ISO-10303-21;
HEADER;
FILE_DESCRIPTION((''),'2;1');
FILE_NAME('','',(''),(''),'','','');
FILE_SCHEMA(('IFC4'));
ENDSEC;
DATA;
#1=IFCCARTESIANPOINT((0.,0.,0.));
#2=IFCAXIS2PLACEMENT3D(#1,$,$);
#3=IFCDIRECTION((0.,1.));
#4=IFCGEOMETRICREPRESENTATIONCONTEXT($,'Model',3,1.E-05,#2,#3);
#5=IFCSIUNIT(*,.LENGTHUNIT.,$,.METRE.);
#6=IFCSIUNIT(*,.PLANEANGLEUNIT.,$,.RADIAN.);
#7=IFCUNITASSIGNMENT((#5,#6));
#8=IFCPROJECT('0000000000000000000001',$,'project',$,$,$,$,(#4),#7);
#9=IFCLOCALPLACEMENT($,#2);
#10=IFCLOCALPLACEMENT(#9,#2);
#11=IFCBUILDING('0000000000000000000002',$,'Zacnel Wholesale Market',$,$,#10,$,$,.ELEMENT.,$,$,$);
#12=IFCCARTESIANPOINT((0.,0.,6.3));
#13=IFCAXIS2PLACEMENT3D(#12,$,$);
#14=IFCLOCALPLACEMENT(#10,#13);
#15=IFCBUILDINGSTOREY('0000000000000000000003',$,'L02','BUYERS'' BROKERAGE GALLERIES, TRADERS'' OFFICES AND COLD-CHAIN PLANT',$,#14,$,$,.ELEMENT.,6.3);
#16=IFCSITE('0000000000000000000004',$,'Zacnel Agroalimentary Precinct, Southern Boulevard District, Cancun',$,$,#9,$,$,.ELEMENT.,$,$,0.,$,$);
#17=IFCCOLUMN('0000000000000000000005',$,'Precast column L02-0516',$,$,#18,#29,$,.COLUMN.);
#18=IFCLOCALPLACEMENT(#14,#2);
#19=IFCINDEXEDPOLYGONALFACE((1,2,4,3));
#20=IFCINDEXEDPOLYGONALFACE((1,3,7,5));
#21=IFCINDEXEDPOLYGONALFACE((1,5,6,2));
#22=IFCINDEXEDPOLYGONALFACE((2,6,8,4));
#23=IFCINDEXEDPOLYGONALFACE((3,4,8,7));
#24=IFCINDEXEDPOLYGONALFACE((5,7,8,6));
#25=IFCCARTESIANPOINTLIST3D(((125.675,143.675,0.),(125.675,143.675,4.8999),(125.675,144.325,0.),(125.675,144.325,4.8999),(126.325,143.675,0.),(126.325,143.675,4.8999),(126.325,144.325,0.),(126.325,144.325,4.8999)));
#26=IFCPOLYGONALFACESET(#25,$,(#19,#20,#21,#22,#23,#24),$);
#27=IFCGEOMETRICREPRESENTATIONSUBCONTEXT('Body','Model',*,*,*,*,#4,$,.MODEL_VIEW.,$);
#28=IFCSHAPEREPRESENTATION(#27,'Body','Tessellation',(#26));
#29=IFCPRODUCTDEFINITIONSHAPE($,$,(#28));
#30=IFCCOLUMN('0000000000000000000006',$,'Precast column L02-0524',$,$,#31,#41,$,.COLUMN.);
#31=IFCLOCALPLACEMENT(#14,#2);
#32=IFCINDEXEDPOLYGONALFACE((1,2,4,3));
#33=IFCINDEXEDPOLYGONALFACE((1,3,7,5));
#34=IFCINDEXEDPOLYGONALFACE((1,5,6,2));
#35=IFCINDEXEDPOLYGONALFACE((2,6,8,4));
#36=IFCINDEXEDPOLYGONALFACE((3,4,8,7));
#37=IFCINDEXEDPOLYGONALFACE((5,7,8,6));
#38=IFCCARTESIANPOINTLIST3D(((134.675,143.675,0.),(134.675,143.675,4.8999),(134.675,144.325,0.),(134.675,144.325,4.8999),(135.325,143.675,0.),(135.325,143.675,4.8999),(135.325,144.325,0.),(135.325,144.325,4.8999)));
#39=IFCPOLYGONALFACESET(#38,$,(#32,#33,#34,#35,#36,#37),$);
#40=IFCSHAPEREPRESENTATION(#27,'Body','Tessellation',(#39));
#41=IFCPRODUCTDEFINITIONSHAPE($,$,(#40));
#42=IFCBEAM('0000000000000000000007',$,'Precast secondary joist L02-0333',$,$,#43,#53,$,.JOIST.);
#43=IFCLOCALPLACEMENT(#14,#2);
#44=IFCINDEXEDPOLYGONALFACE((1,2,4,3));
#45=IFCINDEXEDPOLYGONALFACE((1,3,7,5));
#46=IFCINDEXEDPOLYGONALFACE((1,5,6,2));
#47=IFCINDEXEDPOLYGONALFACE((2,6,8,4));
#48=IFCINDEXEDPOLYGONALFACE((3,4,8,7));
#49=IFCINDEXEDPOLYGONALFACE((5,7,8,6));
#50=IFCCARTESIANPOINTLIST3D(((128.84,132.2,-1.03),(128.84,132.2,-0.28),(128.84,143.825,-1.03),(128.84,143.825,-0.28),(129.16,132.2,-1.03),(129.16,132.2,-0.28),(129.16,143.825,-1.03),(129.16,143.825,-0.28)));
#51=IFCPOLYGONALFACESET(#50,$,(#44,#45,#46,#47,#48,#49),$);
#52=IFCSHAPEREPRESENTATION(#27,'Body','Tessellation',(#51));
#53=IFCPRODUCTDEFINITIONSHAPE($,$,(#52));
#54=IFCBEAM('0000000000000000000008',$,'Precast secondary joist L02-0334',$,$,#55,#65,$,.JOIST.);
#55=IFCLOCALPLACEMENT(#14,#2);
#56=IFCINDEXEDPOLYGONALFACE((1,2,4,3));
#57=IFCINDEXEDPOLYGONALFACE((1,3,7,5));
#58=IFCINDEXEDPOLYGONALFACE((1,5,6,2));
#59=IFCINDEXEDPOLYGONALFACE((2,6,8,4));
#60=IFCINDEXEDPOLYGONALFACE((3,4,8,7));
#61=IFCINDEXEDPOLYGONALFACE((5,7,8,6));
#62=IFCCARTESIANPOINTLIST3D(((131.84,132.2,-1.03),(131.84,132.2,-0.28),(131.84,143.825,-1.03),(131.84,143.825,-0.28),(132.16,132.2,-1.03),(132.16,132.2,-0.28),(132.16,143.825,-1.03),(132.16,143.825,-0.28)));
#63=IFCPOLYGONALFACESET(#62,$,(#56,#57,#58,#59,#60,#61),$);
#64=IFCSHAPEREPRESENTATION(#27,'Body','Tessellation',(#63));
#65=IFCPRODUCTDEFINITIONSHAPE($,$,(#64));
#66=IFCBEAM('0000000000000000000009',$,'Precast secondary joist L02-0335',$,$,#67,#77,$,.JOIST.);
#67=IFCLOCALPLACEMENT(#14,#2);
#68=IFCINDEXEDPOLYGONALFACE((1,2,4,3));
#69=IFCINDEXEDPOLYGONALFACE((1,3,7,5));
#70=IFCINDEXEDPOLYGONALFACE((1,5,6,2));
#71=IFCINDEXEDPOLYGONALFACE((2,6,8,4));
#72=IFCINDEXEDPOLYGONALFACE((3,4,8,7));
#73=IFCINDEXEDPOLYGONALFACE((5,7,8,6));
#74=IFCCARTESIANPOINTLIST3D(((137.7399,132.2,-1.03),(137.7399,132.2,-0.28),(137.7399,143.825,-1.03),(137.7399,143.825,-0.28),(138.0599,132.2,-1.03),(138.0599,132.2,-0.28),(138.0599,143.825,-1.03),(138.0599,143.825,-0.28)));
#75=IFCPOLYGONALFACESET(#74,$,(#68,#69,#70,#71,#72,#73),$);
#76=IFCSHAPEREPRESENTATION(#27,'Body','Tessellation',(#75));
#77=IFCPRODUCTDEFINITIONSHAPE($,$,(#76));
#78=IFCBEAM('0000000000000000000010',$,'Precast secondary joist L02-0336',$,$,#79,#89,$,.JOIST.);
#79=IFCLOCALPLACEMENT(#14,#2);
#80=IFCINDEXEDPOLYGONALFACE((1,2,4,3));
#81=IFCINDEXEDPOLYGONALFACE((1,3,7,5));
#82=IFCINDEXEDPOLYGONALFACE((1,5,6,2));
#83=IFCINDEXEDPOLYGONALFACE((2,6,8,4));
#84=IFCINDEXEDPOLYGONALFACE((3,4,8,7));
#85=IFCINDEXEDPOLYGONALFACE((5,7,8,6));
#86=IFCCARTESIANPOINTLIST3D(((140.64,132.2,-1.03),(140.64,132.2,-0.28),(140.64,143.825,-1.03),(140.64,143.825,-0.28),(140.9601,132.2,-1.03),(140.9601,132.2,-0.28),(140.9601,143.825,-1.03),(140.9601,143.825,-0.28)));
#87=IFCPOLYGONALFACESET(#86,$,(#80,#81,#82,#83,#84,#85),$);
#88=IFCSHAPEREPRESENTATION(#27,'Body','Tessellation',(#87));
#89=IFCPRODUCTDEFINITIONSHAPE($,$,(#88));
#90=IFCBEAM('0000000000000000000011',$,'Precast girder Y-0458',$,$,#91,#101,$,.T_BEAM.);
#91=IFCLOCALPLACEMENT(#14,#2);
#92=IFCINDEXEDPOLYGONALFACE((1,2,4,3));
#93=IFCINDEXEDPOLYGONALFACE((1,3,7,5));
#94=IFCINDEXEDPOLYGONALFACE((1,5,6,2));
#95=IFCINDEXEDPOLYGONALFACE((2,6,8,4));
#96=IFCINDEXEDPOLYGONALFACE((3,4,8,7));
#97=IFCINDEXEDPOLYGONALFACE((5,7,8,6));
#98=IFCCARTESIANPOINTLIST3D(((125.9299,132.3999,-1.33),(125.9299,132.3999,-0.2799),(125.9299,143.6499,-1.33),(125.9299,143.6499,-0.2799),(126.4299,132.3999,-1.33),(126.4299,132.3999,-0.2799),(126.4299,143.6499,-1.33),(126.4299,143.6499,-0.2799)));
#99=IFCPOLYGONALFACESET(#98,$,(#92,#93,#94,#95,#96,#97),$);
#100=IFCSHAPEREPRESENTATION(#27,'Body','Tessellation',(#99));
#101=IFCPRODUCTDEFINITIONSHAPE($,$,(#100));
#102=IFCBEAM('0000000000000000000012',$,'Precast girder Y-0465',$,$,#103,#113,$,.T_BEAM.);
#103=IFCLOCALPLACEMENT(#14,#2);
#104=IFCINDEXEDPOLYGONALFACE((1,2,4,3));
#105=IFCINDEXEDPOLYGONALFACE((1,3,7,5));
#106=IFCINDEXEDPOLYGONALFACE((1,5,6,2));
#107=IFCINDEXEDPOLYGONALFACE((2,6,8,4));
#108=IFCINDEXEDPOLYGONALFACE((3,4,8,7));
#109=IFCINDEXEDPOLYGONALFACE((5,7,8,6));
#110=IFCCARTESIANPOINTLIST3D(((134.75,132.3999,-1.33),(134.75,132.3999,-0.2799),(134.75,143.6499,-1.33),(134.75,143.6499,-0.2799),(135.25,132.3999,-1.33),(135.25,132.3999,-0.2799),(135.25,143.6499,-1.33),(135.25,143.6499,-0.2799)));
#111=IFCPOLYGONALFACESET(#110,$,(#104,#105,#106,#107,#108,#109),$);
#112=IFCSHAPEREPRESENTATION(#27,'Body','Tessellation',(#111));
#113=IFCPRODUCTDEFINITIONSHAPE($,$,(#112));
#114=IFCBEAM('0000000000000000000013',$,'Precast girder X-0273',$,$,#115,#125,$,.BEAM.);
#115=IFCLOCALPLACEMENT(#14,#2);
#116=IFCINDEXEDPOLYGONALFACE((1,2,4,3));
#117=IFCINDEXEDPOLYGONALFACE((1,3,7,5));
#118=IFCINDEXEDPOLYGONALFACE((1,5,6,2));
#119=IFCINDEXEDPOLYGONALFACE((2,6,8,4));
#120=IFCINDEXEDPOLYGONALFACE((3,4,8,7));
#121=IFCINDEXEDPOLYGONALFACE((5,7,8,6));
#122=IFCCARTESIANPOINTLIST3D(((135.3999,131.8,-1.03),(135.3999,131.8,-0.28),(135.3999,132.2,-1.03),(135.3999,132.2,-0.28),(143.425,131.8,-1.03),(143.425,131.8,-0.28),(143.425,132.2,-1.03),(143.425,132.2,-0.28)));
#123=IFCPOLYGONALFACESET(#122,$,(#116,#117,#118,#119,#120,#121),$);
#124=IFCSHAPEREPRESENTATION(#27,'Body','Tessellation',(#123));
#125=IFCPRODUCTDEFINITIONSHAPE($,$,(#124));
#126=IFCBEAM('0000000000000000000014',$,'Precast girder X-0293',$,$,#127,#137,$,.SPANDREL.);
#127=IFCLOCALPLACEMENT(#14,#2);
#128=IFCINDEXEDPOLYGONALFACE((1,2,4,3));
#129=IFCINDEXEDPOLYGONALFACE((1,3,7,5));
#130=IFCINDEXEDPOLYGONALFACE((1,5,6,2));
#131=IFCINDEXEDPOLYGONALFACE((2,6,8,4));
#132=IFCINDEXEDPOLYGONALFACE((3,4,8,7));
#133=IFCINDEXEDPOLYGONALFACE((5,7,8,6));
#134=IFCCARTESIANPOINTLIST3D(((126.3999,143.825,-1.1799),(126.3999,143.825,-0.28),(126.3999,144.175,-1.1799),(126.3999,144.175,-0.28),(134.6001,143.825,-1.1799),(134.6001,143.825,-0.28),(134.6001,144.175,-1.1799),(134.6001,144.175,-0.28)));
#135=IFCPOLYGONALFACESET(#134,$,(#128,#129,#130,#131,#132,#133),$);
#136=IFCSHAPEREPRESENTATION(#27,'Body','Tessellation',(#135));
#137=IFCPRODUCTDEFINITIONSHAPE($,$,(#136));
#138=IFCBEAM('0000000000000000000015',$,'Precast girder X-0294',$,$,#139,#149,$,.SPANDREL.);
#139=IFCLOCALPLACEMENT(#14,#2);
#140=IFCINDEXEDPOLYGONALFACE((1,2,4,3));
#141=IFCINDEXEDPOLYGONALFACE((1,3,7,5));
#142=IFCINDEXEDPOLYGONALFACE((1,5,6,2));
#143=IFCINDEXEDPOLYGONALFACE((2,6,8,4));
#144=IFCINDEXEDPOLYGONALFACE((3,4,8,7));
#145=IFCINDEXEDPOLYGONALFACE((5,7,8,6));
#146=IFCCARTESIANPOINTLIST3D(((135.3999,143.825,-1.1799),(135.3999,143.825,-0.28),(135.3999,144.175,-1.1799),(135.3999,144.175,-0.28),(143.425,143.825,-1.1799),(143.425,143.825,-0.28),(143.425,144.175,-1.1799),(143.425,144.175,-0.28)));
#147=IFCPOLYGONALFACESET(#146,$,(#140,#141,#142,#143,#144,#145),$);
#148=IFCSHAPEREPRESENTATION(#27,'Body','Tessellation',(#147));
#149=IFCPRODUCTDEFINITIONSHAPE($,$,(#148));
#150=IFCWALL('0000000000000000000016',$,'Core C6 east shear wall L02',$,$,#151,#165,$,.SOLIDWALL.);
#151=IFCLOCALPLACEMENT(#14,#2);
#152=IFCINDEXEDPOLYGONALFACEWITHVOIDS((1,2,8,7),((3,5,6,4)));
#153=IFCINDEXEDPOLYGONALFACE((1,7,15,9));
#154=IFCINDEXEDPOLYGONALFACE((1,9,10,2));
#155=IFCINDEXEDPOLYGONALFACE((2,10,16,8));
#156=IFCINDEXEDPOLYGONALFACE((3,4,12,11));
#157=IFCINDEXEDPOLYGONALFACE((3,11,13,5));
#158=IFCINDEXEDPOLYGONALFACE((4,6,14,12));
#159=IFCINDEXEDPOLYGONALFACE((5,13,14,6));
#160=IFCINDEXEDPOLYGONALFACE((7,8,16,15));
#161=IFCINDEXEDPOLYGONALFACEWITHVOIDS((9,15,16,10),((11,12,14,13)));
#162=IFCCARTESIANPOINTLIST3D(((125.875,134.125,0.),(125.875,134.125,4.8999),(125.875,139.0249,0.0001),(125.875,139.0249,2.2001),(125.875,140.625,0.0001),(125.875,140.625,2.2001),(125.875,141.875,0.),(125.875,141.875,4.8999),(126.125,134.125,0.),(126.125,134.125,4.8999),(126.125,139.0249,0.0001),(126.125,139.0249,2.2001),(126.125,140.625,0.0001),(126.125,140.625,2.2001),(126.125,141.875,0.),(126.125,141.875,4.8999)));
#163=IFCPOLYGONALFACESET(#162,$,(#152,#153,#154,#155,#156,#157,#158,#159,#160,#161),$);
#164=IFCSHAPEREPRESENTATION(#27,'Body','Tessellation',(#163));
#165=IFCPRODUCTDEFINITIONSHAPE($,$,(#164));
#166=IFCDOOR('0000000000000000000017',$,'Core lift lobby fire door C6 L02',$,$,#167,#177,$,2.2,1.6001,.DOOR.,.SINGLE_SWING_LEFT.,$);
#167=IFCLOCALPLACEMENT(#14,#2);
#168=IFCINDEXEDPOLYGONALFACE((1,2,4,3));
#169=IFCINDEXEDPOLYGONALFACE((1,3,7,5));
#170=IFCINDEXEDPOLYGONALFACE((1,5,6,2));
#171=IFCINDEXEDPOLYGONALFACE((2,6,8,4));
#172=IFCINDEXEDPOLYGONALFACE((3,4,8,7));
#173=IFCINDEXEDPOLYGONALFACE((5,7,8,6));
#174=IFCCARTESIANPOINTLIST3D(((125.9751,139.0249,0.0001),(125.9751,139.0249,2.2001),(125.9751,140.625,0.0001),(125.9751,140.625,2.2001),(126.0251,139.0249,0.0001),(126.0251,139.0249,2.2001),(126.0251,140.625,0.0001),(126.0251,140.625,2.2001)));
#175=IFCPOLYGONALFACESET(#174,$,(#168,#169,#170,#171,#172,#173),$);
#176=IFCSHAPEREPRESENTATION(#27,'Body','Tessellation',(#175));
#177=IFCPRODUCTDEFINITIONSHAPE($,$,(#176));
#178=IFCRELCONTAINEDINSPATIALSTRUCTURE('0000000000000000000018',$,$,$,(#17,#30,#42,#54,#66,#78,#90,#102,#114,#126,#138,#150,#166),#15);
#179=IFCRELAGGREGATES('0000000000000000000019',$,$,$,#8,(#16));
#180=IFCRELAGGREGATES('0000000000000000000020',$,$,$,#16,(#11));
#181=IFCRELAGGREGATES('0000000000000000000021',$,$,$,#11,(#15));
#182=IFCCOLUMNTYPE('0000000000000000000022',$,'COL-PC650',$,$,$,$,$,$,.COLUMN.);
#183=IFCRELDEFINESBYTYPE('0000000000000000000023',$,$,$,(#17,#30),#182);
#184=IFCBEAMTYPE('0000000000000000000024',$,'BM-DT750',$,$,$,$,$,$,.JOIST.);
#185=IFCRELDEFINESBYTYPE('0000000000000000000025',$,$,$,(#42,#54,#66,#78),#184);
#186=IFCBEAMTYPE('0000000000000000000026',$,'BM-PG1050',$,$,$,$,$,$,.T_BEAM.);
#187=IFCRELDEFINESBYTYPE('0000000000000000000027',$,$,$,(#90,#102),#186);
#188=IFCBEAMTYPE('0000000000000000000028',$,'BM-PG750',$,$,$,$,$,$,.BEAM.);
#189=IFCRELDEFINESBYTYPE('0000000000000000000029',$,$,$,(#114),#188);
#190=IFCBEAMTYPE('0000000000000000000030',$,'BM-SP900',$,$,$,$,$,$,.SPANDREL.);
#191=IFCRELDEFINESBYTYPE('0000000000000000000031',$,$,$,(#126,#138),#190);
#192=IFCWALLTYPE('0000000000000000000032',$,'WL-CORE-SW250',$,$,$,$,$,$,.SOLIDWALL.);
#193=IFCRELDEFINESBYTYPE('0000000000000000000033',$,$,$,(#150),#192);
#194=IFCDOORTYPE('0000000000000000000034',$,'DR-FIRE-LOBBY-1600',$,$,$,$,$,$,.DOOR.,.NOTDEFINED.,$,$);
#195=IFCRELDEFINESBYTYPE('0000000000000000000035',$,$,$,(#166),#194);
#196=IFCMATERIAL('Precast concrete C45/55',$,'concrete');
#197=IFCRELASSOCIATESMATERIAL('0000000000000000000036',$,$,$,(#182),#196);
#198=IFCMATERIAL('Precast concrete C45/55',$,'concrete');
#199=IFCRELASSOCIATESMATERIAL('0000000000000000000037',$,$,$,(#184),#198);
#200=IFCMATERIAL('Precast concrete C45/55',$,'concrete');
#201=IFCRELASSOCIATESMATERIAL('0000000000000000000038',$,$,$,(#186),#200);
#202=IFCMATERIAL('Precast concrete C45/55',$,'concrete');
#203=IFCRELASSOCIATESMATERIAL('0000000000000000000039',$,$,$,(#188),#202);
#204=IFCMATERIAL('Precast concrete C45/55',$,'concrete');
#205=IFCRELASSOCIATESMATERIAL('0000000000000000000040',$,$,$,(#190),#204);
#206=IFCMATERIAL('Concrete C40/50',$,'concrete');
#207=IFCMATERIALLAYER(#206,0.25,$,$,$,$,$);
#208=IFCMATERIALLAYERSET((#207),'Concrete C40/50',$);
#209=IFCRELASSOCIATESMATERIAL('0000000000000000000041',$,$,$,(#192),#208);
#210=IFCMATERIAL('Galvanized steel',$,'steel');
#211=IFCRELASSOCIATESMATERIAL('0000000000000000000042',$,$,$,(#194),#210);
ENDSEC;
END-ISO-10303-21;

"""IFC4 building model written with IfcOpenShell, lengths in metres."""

from ifc_helpers import new_model, si_unit, direction, frame, frame_2d, origin, origin_2d, place, context, subcontext, project, spatial, rectangle, extrude, material, layer, layer_set, material_profile, profile_set, type_object, element, fill, save


model = new_model("IFC4")

# Units and contexts
model_context = context("Model", 3, precision=1e-05, world=origin(), true_north=direction((0.0, 1.0)))
body_context = subcontext(model_context, "Body", "Model", "MODEL_VIEW")
ifc_project = project(units=[si_unit("LENGTHUNIT", "METRE"), si_unit("PLANEANGLEUNIT", "RADIAN")], contexts=[model_context])

# Site, building, storey
site_placement = place(None, origin())
site = spatial("IfcSite", under=ifc_project, at=site_placement, Name="Zacnel Agroalimentary Precinct, Southern Boulevard District, Cancun", CompositionType="ELEMENT", RefElevation=0.0)
building_placement = place(site_placement, origin())
building = spatial("IfcBuilding", under=site, at=building_placement, Name="Zacnel Wholesale Market", CompositionType="ELEMENT")
storey_placement = place(building_placement, frame((0.0, 0.0, 6.3)))
storey = spatial("IfcBuildingStorey", under=building, at=storey_placement, Name="L02", Description="BUYERS' BROKERAGE GALLERIES, TRADERS' OFFICES AND COLD-CHAIN PLANT", CompositionType="ELEMENT", Elevation=6.3)

# Columns
ifc_material_1 = material(Name="Precast concrete C45/55", Category="concrete")
ifc_material_profile_1 = material_profile(ifc_material_1, rectangle(XDim=0.6499, YDim=0.6499, at=origin_2d()), Name="PC 650x650")
ifc_profile_set_1 = profile_set([ifc_material_profile_1], Name="Precast concrete C45/55")
column_type = type_object("IfcColumnType", Name="COL-PC650", PredefinedType="COLUMN", material=ifc_profile_set_1)
for number, where, z_axis, x_axis, name in (
    (1, (126.0, 144.0, 0.0), (0.0, 0.0, 1.0), (1.0, 0.0, 0.0), "Precast column L02-0516"),
    (2, (135.0, 144.0, 0.0), (0.0, 0.0, 1.0), (1.0, 0.0, 0.0), "Precast column L02-0524"),
):
    element("IfcColumn", number, at=place(storey_placement, frame(where, z_axis=z_axis, x_axis=x_axis)), inside=storey, type_object=column_type, Name=name, PredefinedType="COLUMN", context=body_context, shape_type="SweptSolid", body=[
        extrude(rectangle(XDim=0.6499, YDim=0.6499, at=origin_2d()), origin(), (0.0, 0.0, 1.0), 4.8999),
    ])

# Beams
ifc_material_2 = material(Name="Precast concrete C45/55", Category="concrete")
ifc_material_profile_2 = material_profile(ifc_material_2, rectangle(XDim=0.3201, YDim=0.75, at=origin_2d()), Name="DT RIB 320x750")
ifc_profile_set_2 = profile_set([ifc_material_profile_2], Name="Precast concrete C45/55")
beam_type_1 = type_object("IfcBeamType", Name="BM-DT750", PredefinedType="JOIST", material=ifc_profile_set_2)
for number, where, z_axis, x_axis, name in (
    (3, (129.0, 132.2, -0.655), (0.0, 1.0, 0.0), (-1.0, 0.0, 0.0), "Precast secondary joist L02-0333"),
    (4, (132.0, 132.2, -0.655), (0.0, 1.0, 0.0), (-1.0, 0.0, 0.0), "Precast secondary joist L02-0334"),
    (5, (137.8999, 132.2, -0.655), (0.0, 1.0, 0.0), (-1.0, 0.0, 0.0), "Precast secondary joist L02-0335"),
    (6, (140.8, 132.2, -0.655), (0.0, 1.0, 0.0), (-1.0, 0.0, 0.0), "Precast secondary joist L02-0336"),
):
    element("IfcBeam", number, at=place(storey_placement, frame(where, z_axis=z_axis, x_axis=x_axis)), inside=storey, type_object=beam_type_1, Name=name, PredefinedType="JOIST", context=body_context, shape_type="SweptSolid", body=[
        extrude(rectangle(XDim=0.3201, YDim=0.75, at=origin_2d()), origin(), (0.0, 0.0, 1.0), 11.625),
    ])
ifc_material_3 = material(Name="Precast concrete C45/55", Category="concrete")
ifc_material_profile_3 = material_profile(ifc_material_3, rectangle(XDim=0.5, YDim=1.05, at=origin_2d()), Name="PG 500x1050")
ifc_profile_set_3 = profile_set([ifc_material_profile_3], Name="Precast concrete C45/55")
beam_type_2 = type_object("IfcBeamType", Name="BM-PG1050", PredefinedType="T_BEAM", material=ifc_profile_set_3)
for number, where, z_axis, x_axis, name in (
    (7, (126.1799, 132.3999, -0.8049), (0.0, 1.0, 0.0), (-1.0, 0.0, 0.0), "Precast girder Y-0458"),
    (8, (135.0, 132.3999, -0.8049), (0.0, 1.0, 0.0), (-1.0, 0.0, 0.0), "Precast girder Y-0465"),
):
    element("IfcBeam", number, at=place(storey_placement, frame(where, z_axis=z_axis, x_axis=x_axis)), inside=storey, type_object=beam_type_2, Name=name, PredefinedType="T_BEAM", context=body_context, shape_type="SweptSolid", body=[
        extrude(rectangle(XDim=0.5, YDim=1.05, at=origin_2d()), origin(), (0.0, 0.0, 1.0), 11.25),
    ])
ifc_material_4 = material(Name="Precast concrete C45/55", Category="concrete")
ifc_material_profile_4 = material_profile(ifc_material_4, rectangle(XDim=0.3999, YDim=0.75, at=origin_2d()), Name="PG 400x750")
ifc_profile_set_4 = profile_set([ifc_material_profile_4], Name="Precast concrete C45/55")
beam_type_3 = type_object("IfcBeamType", Name="BM-PG750", PredefinedType="BEAM", material=ifc_profile_set_4)
beam_1_placement = place(storey_placement, frame((135.3999, 132.0, -0.655), z_axis=(1.0, 0.0, 0.0), x_axis=(0.0, 1.0, 0.0)))
element("IfcBeam", 9, at=beam_1_placement, inside=storey, type_object=beam_type_3, Name="Precast girder X-0273", PredefinedType="BEAM", context=body_context, shape_type="SweptSolid", body=[
    extrude(rectangle(XDim=0.3999, YDim=0.75, at=origin_2d()), origin(), (0.0, 0.0, 1.0), 8.0251),
])
ifc_material_5 = material(Name="Precast concrete C45/55", Category="concrete")
ifc_material_profile_5 = material_profile(ifc_material_5, rectangle(XDim=0.3501, YDim=0.8999, at=origin_2d()), Name="SP 350x900")
ifc_profile_set_5 = profile_set([ifc_material_profile_5], Name="Precast concrete C45/55")
beam_type_4 = type_object("IfcBeamType", Name="BM-SP900", PredefinedType="SPANDREL", material=ifc_profile_set_5)
beam_2_placement = place(storey_placement, frame((126.3999, 144.0, -0.73), z_axis=(1.0, 0.0, 0.0), x_axis=(0.0, 1.0, 0.0)))
element("IfcBeam", 10, at=beam_2_placement, inside=storey, type_object=beam_type_4, Name="Precast girder X-0293", PredefinedType="SPANDREL", context=body_context, shape_type="SweptSolid", body=[
    extrude(rectangle(XDim=0.3501, YDim=0.8999, at=origin_2d()), origin(), (0.0, 0.0, 1.0), 8.2002),
])
beam_3_placement = place(storey_placement, frame((135.3999, 144.0, -0.73), z_axis=(1.0, 0.0, 0.0), x_axis=(0.0, 1.0, 0.0)))
element("IfcBeam", 11, at=beam_3_placement, inside=storey, type_object=beam_type_4, Name="Precast girder X-0294", PredefinedType="SPANDREL", context=body_context, shape_type="SweptSolid", body=[
    extrude(rectangle(XDim=0.3501, YDim=0.8999, at=origin_2d()), origin(), (0.0, 0.0, 1.0), 8.0251),
])

# Wall, opening, door
ifc_material_6 = material(Name="Concrete C40/50", Category="concrete")
ifc_layer_1 = layer(ifc_material_6, 0.25)
ifc_layer_set_1 = layer_set([ifc_layer_1], Name="Concrete C40/50")
wall_type_1 = type_object("IfcWallType", Name="WL-CORE-SW250", PredefinedType="SOLIDWALL", material=ifc_layer_set_1)
wall_1_placement = place(storey_placement, frame((126.0, 134.125, 0.0), z_axis=(0.0, 0.0, 1.0), x_axis=(0.0, 1.0, 0.0)))
wall_1 = element("IfcWall", 12, at=wall_1_placement, inside=storey, type_object=wall_type_1, Name="Core C6 east shear wall L02", PredefinedType="SOLIDWALL", context=body_context, shape_type="SweptSolid", body=[
    extrude(rectangle(XDim=7.75, YDim=0.25, at=frame_2d((3.875, 0.0))), origin(), (0.0, 0.0, 1.0), 4.8999),
])
opening_1_placement = place(wall_1_placement, frame((4.8999, 0.0, 0.0)))
opening_1 = element("IfcOpeningElement", 13, at=opening_1_placement, cuts=wall_1, PredefinedType="OPENING", context=body_context, shape_type="SweptSolid", body=[
    extrude(rectangle(XDim=1.6001, YDim=2.2, at=frame_2d((0.8, 1.1001))), frame((0.0, 0.135, 0.0), z_axis=(0.0, -1.0, 0.0), x_axis=(1.0, 0.0, 0.0)), (0.0, 0.0, 1.0), 0.27),
])
ifc_material_7 = material(Name="Galvanized steel", Category="steel")
door_type = type_object("IfcDoorType", Name="DR-FIRE-LOBBY-1600", OperationType="NOTDEFINED", PredefinedType="DOOR", material=ifc_material_7)
door_placement = place(opening_1_placement, origin())
door = element("IfcDoor", 14, at=door_placement, inside=storey, type_object=door_type, Name="Core lift lobby fire door C6 L02", OperationType="SINGLE_SWING_LEFT", OverallHeight=2.2, OverallWidth=1.6001, PredefinedType="DOOR", context=body_context, shape_type="SweptSolid", body=[
    extrude(rectangle(XDim=1.6001, YDim=2.2, at=frame_2d((0.8, 1.1001))), frame((0.0, 0.0249, 0.0), z_axis=(0.0, -1.0, 0.0), x_axis=(1.0, 0.0, 0.0)), (0.0, 0.0, 1.0), 0.05),
])
fill(opening_1, door)

save(model, "model.ifc")
